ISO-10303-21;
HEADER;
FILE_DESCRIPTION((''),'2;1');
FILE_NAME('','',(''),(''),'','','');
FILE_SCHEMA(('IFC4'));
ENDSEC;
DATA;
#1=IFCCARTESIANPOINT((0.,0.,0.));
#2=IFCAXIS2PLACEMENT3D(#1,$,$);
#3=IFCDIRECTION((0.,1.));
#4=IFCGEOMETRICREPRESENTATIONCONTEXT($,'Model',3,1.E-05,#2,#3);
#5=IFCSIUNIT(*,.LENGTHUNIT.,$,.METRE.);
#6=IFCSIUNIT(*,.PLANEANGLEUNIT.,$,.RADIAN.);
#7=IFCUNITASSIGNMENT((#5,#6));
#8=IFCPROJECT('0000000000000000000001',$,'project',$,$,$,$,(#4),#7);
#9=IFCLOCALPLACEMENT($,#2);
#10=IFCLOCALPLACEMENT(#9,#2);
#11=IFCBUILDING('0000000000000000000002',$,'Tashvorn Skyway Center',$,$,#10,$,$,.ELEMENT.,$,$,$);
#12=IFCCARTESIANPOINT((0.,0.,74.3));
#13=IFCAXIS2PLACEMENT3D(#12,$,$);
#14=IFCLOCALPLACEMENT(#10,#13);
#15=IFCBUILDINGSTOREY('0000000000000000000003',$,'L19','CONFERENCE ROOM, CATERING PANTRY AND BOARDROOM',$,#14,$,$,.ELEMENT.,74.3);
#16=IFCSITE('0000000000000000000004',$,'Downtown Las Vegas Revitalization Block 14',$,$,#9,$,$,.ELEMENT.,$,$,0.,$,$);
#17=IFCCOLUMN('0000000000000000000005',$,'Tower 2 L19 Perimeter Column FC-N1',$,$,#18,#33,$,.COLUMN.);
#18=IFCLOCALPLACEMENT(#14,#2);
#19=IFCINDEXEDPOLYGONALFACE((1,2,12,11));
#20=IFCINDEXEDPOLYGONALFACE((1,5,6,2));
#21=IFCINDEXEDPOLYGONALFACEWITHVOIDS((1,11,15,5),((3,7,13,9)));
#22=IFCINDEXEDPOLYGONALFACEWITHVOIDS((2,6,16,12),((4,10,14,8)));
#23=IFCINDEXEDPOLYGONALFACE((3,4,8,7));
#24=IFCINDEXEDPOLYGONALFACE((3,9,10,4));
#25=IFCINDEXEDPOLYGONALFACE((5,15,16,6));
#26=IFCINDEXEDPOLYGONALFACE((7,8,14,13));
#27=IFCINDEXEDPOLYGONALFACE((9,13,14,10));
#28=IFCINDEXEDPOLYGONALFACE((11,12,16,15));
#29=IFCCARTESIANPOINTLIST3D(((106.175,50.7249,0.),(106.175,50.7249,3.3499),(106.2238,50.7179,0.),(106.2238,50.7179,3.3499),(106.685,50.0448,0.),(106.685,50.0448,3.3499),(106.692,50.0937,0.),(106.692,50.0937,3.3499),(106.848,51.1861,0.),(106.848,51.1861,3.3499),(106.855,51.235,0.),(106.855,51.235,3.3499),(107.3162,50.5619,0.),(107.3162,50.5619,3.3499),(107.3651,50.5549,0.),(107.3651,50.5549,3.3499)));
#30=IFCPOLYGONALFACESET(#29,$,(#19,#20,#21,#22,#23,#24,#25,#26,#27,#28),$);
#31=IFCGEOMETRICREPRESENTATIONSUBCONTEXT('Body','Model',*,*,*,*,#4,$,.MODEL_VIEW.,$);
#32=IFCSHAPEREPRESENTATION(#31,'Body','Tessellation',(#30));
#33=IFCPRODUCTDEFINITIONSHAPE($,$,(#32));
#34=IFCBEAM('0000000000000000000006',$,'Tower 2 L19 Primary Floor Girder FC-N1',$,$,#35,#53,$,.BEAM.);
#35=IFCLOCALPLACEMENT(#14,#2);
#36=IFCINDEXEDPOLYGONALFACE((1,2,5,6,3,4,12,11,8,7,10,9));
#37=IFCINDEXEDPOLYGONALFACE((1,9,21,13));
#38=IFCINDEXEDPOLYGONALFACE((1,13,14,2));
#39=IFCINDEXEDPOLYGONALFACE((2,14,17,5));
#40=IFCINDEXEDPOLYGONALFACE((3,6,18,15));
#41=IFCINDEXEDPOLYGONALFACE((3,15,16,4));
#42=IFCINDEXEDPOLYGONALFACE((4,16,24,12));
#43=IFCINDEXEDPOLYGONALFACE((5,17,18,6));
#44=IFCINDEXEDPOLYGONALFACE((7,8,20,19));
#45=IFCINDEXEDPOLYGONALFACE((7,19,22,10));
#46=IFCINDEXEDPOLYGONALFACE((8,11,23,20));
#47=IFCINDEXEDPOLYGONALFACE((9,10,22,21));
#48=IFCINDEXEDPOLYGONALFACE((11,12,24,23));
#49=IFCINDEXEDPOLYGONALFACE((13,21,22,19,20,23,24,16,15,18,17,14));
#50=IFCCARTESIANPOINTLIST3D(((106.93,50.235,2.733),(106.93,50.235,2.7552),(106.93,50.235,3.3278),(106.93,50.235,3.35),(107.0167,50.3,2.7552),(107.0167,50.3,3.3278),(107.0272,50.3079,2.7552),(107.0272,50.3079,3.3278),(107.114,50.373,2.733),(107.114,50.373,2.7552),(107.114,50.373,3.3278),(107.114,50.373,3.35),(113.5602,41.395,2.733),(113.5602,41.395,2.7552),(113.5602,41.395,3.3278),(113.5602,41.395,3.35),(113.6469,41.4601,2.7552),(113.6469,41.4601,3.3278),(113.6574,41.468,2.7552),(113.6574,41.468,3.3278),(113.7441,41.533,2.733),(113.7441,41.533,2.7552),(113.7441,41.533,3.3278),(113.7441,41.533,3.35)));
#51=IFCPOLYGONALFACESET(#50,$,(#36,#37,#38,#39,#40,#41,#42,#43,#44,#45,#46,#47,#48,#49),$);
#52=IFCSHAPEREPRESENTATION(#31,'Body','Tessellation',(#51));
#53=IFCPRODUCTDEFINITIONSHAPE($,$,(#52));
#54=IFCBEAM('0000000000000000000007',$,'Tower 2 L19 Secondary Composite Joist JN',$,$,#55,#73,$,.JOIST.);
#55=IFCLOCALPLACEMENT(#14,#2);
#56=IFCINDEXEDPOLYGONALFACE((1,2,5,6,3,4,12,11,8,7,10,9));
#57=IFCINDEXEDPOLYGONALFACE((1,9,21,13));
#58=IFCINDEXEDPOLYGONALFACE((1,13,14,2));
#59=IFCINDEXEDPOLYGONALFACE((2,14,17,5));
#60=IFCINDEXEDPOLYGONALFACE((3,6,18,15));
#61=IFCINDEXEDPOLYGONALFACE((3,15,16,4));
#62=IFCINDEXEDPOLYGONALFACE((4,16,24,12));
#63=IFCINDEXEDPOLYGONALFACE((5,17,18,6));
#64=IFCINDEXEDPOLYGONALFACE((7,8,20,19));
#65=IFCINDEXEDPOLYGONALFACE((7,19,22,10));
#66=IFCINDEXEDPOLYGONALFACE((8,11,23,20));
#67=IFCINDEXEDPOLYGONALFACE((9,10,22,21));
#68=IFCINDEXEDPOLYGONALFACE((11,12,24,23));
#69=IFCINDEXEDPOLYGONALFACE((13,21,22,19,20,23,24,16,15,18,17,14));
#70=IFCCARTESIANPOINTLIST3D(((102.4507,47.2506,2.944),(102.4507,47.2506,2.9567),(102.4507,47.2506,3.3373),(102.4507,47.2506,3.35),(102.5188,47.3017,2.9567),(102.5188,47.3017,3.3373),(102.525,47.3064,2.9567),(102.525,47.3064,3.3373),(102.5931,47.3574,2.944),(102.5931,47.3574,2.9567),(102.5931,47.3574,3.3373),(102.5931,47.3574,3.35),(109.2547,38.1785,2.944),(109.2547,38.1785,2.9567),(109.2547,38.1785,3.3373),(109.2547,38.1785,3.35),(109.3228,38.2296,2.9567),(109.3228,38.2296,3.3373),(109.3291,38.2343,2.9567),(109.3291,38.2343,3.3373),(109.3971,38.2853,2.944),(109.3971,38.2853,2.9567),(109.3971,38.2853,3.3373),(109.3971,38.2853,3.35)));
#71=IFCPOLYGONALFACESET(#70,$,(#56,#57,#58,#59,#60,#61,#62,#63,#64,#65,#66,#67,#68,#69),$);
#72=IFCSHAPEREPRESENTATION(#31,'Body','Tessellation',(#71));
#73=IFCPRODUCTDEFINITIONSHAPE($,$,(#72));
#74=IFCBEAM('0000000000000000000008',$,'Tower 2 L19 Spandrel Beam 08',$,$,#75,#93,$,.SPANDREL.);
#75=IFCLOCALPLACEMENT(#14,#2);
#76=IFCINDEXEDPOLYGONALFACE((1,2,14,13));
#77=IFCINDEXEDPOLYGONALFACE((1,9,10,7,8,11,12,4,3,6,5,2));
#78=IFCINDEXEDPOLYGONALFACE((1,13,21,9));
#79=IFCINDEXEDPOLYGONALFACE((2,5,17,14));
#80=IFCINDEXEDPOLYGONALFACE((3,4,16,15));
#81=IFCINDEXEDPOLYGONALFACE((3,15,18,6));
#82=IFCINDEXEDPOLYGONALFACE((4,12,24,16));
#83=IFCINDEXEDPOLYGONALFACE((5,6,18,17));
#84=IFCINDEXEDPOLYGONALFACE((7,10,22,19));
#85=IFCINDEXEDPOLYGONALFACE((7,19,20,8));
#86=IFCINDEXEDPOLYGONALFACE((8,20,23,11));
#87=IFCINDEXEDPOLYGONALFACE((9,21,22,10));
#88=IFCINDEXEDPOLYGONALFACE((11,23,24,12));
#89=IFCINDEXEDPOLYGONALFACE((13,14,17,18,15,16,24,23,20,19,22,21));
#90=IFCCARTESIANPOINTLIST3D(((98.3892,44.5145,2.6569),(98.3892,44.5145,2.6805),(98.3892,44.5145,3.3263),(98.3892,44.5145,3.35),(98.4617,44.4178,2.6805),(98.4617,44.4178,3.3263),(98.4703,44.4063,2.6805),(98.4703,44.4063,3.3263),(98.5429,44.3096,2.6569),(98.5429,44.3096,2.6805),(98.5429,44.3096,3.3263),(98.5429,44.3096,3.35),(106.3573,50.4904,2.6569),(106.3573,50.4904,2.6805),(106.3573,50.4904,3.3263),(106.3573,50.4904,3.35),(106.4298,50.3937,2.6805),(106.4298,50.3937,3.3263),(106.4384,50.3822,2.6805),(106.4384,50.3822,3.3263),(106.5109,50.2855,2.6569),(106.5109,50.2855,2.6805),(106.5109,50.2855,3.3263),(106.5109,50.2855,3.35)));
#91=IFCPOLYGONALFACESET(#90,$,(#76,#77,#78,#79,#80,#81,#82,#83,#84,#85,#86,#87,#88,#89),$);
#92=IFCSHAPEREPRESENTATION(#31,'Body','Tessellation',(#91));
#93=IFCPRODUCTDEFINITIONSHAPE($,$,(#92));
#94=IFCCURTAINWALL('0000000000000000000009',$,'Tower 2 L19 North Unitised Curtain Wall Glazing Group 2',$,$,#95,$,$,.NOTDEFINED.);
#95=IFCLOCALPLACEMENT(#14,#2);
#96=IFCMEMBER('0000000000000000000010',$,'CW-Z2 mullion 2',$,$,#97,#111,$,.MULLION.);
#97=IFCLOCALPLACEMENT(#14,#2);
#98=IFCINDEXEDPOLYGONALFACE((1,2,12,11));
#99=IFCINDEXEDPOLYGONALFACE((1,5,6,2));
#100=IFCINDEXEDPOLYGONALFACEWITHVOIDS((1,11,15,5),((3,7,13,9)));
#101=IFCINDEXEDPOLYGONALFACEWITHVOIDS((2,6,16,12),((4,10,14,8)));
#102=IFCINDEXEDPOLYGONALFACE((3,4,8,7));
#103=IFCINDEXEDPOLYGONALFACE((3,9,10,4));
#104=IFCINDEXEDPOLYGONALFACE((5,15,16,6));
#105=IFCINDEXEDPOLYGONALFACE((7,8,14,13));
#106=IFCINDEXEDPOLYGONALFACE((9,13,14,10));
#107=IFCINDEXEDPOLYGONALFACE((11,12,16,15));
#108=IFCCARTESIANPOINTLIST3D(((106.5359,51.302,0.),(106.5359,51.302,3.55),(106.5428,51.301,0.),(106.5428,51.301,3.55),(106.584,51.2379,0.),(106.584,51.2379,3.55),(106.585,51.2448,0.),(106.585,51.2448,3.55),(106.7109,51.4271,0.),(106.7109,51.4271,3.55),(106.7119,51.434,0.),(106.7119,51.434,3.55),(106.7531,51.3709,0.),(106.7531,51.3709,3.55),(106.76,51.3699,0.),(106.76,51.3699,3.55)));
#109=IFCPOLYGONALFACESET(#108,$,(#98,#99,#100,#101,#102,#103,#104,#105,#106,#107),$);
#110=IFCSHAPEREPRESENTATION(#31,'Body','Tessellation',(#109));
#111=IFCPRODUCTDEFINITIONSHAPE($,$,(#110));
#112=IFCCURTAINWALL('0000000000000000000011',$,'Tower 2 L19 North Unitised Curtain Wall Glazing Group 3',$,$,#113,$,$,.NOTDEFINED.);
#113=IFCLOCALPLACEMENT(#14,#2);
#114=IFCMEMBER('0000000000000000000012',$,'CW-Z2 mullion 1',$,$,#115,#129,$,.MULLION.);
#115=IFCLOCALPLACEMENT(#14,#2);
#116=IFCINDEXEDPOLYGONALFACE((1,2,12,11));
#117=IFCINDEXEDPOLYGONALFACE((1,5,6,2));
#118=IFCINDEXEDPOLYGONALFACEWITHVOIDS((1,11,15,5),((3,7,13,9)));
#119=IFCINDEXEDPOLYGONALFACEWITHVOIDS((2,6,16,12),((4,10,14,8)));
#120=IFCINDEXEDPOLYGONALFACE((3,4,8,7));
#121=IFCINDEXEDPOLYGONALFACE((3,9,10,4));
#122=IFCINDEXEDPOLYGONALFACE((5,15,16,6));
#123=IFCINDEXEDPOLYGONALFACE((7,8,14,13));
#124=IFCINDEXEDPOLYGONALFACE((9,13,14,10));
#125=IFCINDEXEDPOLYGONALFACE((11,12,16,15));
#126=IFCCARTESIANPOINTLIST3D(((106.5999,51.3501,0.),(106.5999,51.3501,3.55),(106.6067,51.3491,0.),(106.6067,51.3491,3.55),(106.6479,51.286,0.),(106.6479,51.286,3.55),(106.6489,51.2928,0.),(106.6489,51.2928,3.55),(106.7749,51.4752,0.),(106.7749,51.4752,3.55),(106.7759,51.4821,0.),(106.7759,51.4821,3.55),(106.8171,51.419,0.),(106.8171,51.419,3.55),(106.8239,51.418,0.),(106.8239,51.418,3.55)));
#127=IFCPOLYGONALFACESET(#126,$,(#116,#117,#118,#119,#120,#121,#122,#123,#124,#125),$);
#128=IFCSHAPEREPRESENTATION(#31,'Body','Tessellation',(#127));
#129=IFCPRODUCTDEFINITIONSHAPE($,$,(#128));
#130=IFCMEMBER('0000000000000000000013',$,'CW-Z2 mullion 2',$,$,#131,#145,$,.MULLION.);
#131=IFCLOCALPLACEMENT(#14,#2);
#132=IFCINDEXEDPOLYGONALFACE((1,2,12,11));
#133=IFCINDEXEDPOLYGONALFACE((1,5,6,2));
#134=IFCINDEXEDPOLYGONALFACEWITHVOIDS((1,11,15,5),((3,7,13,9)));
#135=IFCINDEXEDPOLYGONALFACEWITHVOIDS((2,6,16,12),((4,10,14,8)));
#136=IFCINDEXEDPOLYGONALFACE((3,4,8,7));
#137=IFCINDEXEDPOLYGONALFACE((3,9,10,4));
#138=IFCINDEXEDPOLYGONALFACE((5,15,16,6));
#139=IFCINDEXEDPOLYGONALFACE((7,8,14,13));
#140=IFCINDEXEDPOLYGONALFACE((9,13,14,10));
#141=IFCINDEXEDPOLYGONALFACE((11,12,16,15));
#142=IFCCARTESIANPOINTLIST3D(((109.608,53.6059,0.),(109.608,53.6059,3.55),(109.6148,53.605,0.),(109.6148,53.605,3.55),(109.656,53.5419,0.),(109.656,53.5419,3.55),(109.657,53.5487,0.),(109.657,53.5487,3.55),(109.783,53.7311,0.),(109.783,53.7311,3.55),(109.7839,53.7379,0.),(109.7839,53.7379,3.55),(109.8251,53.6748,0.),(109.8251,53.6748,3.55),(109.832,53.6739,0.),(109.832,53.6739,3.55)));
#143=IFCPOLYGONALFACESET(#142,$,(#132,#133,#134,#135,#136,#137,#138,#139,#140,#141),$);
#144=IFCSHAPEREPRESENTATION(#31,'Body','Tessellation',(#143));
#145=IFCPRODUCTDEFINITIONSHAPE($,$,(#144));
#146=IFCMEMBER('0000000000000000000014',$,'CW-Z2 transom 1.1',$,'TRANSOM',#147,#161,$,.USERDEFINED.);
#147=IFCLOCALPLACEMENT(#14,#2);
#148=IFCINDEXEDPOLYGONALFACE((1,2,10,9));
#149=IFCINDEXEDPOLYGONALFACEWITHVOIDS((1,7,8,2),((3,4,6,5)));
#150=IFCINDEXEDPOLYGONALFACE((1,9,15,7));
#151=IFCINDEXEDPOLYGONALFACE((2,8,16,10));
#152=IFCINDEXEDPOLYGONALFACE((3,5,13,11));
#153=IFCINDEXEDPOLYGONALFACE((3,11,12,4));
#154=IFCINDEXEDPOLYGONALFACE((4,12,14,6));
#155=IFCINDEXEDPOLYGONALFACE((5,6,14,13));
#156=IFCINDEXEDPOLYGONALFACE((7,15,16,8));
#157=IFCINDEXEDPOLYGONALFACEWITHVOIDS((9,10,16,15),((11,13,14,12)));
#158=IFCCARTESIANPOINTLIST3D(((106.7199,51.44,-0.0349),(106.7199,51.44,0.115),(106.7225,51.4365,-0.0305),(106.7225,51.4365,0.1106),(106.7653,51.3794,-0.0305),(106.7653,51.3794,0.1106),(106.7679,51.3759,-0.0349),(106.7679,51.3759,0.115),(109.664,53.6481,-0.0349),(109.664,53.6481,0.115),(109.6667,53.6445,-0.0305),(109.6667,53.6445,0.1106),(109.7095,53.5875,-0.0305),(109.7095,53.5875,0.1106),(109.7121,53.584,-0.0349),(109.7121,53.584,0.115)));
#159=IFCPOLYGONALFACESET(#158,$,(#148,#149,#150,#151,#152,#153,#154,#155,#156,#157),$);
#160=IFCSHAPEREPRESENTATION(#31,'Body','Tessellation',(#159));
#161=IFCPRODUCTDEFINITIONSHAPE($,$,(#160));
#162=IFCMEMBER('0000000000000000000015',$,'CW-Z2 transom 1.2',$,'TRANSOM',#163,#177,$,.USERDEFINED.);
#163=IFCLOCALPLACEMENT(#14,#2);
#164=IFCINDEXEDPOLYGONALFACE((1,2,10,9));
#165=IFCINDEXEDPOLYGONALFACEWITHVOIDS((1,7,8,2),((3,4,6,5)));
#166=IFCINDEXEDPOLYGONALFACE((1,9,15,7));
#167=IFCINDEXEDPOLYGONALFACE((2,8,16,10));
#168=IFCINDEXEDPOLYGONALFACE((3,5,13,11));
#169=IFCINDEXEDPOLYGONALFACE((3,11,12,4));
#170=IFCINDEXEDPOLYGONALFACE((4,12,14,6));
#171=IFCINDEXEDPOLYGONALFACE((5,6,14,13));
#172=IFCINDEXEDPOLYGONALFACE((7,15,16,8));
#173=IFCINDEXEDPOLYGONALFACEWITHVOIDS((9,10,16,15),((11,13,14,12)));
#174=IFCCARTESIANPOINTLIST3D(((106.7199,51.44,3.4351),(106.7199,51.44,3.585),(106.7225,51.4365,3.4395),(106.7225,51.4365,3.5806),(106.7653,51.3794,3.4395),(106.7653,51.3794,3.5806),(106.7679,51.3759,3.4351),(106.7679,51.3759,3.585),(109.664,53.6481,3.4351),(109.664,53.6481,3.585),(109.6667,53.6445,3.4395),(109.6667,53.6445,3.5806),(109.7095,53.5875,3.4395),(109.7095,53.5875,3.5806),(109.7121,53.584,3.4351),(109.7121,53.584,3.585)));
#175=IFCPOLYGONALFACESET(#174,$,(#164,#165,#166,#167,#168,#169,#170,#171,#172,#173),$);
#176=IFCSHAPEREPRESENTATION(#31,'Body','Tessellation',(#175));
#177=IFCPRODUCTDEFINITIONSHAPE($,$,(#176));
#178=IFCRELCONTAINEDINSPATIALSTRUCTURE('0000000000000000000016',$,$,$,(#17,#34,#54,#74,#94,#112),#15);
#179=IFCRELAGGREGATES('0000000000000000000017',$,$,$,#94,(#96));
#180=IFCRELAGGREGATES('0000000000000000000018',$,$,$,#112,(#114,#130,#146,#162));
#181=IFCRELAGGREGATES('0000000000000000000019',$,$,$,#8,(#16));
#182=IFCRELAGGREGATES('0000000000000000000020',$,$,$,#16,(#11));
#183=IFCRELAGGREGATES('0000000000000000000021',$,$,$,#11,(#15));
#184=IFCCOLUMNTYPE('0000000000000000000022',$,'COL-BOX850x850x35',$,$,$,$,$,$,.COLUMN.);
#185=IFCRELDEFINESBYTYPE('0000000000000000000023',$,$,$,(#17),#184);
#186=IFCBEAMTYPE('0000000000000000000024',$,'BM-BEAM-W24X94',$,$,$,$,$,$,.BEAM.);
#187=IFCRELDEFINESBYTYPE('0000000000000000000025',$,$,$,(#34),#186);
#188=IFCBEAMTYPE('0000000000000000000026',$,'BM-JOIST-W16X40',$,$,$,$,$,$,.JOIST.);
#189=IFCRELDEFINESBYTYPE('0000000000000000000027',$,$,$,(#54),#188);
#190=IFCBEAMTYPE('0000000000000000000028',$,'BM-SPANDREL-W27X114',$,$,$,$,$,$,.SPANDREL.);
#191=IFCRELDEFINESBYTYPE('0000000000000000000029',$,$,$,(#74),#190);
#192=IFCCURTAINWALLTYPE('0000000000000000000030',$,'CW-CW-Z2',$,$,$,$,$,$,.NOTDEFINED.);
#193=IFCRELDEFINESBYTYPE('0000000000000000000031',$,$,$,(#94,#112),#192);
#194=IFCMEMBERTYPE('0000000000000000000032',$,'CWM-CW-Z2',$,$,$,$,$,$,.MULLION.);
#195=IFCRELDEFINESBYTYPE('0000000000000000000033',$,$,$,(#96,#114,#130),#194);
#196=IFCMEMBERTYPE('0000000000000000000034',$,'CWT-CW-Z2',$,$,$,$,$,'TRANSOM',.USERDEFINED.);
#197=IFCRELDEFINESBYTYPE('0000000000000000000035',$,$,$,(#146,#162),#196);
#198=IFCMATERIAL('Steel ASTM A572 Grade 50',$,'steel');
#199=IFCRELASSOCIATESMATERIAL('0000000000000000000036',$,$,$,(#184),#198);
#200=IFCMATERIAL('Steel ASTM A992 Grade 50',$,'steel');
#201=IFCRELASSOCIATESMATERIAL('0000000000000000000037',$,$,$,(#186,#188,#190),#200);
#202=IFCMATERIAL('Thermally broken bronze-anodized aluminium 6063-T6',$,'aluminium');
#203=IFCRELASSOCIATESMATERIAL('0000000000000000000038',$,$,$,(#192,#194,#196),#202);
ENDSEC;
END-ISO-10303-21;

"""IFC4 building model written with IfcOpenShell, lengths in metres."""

from ifc_helpers import new_model, si_unit, direction, frame, origin, origin_2d, place, context, subcontext, project, spatial, hollow_rectangle, i_section, extrude, material, material_profile, profile_set, type_object, element, aggregate, save


model = new_model("IFC4")

# Units and contexts
model_context = context("Model", 3, precision=1e-05, world=origin(), true_north=direction((0.0, 1.0)))
body_context = subcontext(model_context, "Body", "Model", "MODEL_VIEW")
ifc_project = project(units=[si_unit("LENGTHUNIT", "METRE"), si_unit("PLANEANGLEUNIT", "RADIAN")], contexts=[model_context])

# Site, building, storey
site_placement = place(None, origin())
site = spatial("IfcSite", under=ifc_project, at=site_placement, Name="Downtown Las Vegas Revitalization Block 14", CompositionType="ELEMENT", RefElevation=0.0)
building_placement = place(site_placement, origin())
building = spatial("IfcBuilding", under=site, at=building_placement, Name="Tashvorn Skyway Center", CompositionType="ELEMENT")
storey_placement = place(building_placement, frame((0.0, 0.0, 74.3)))
storey = spatial("IfcBuildingStorey", under=building, at=storey_placement, Name="L19", Description="CONFERENCE ROOM, CATERING PANTRY AND BOARDROOM", CompositionType="ELEMENT", Elevation=74.3)

# Column
ifc_material_1 = material(Name="Steel ASTM A572 Grade 50", Category="steel")
ifc_material_profile_1 = material_profile(ifc_material_1, hollow_rectangle(XDim=0.8501, YDim=0.8501, WallThickness=0.0349, at=origin_2d()), Name="BOX850x850x35")
ifc_profile_set_1 = profile_set([ifc_material_profile_1], Name="Steel ASTM A572 Grade 50")
column_type = type_object("IfcColumnType", Name="COL-BOX850x850x35", PredefinedType="COLUMN", material=ifc_profile_set_1)
column_placement = place(storey_placement, frame((106.77, 50.6399, 0.0), z_axis=(0.0, 0.0, 1.0), x_axis=(0.8, 0.6, 0.0)))
element("IfcColumn", 1, at=column_placement, inside=storey, type_object=column_type, Name="Tower 2 L19 Perimeter Column FC-N1", PredefinedType="COLUMN", context=body_context, shape_type="SweptSolid", body=[
    extrude(hollow_rectangle(XDim=0.8501, YDim=0.8501, WallThickness=0.0349, at=origin_2d()), origin(), (0.0, 0.0, 1.0), 3.3499),
])

# Beams
ifc_material_2 = material(Name="Steel ASTM A992 Grade 50", Category="steel")
ifc_material_profile_2 = material_profile(ifc_material_2, i_section(OverallWidth=0.23, OverallDepth=0.6169, WebThickness=0.0132, FlangeThickness=0.0222, at=origin_2d()), Name="W24X94")
ifc_profile_set_2 = profile_set([ifc_material_profile_2], Name="Steel ASTM A992 Grade 50")
beam_type_1 = type_object("IfcBeamType", Name="BM-BEAM-W24X94", PredefinedType="BEAM", material=ifc_profile_set_2)
beam_1_placement = place(storey_placement, frame((107.022, 50.304, 3.0415), z_axis=(0.600014, -0.799989, 0.0), x_axis=(0.799989, 0.600014, 0.0)))
element("IfcBeam", 2, at=beam_1_placement, inside=storey, type_object=beam_type_1, Name="Tower 2 L19 Primary Floor Girder FC-N1", PredefinedType="BEAM", context=body_context, shape_type="SweptSolid", body=[
    extrude(i_section(OverallWidth=0.23, OverallDepth=0.6169, WebThickness=0.0132, FlangeThickness=0.0222, at=origin_2d()), origin(), (0.0, 0.0, 1.0), 11.05),
])
ifc_material_profile_3 = material_profile(ifc_material_2, i_section(OverallWidth=0.178, OverallDepth=0.406, WebThickness=0.0078, FlangeThickness=0.0127, at=origin_2d()), Name="W16X40")
ifc_profile_set_3 = profile_set([ifc_material_profile_3], Name="Steel ASTM A992 Grade 50")
beam_type_2 = type_object("IfcBeamType", Name="BM-JOIST-W16X40", PredefinedType="JOIST", material=ifc_profile_set_3)
beam_2_placement = place(storey_placement, frame((109.3259, 38.2319, 3.147), z_axis=(-0.599997, 0.800003, 0.0), x_axis=(-0.800003, -0.599997, 0.0)))
element("IfcBeam", 3, at=beam_2_placement, inside=storey, type_object=beam_type_2, Name="Tower 2 L19 Secondary Composite Joist JN", PredefinedType="JOIST", context=body_context, shape_type="SweptSolid", body=[
    extrude(i_section(OverallWidth=0.178, OverallDepth=0.406, WebThickness=0.0078, FlangeThickness=0.0127, at=origin_2d()), origin(), (0.0, 0.0, 1.0), 11.3401),
])
ifc_material_profile_4 = material_profile(ifc_material_2, i_section(OverallWidth=0.2561, OverallDepth=0.6931, WebThickness=0.0144, FlangeThickness=0.0237, at=origin_2d()), Name="W27X114")
ifc_profile_set_4 = profile_set([ifc_material_profile_4], Name="Steel ASTM A992 Grade 50")
beam_type_3 = type_object("IfcBeamType", Name="BM-SPANDREL-W27X114", PredefinedType="SPANDREL", material=ifc_profile_set_4)
beam_3_placement = place(storey_placement, frame((106.4341, 50.3879, 3.0034), z_axis=(-0.800009, -0.599988, 0.0), x_axis=(0.599988, -0.800009, 0.0)))
element("IfcBeam", 4, at=beam_3_placement, inside=storey, type_object=beam_type_3, Name="Tower 2 L19 Spandrel Beam 08", PredefinedType="SPANDREL", context=body_context, shape_type="SweptSolid", body=[
    extrude(i_section(OverallWidth=0.2561, OverallDepth=0.6931, WebThickness=0.0144, FlangeThickness=0.0237, at=origin_2d()), origin(), (0.0, 0.0, 1.0), 9.96),
])

# Curtain wall, member
ifc_material_3 = material(Name="Thermally broken bronze-anodized aluminium 6063-T6", Category="aluminium")
curtain_wall_type = type_object("IfcCurtainWallType", Name="CW-CW-Z2", PredefinedType="NOTDEFINED", material=ifc_material_3)
curtain_wall_1_placement = place(storey_placement, origin())
curtain_wall_1 = element("IfcCurtainWall", 5, at=curtain_wall_1_placement, inside=storey, type_object=curtain_wall_type, Name="Tower 2 L19 North Unitised Curtain Wall Glazing Group 2", PredefinedType="NOTDEFINED")
ifc_material_profile_5 = material_profile(ifc_material_3, hollow_rectangle(XDim=0.0801, YDim=0.22, WallThickness=0.0049, at=origin_2d()), Name="ALU-MULL-80x220")
ifc_profile_set_5 = profile_set([ifc_material_profile_5], Name="Thermally broken bronze-anodized aluminium 6063-T6")
member_type_1 = type_object("IfcMemberType", Name="CWM-CW-Z2", PredefinedType="MULLION", material=ifc_profile_set_5)
member_1_placement = place(storey_placement, frame((106.6479, 51.3359, 0.0), z_axis=(0.0, 0.0, 1.0), x_axis=(-0.6, 0.8, 0.0)))
member_1 = element("IfcMember", 6, at=member_1_placement, type_object=member_type_1, Name="CW-Z2 mullion 2", PredefinedType="MULLION", context=body_context, shape_type="SweptSolid", body=[
    extrude(hollow_rectangle(XDim=0.0801, YDim=0.22, WallThickness=0.0049, at=origin_2d()), origin(), (0.0, 0.0, 1.0), 3.55),
])

# Curtain wall, members
curtain_wall_2_placement = place(storey_placement, origin())
curtain_wall_2 = element("IfcCurtainWall", 7, at=curtain_wall_2_placement, inside=storey, type_object=curtain_wall_type, Name="Tower 2 L19 North Unitised Curtain Wall Glazing Group 3", PredefinedType="NOTDEFINED")
member_2_placement = place(storey_placement, frame((106.7119, 51.384, 0.0), z_axis=(0.0, 0.0, 1.0), x_axis=(-0.6, 0.8, 0.0)))
member_2 = element("IfcMember", 8, at=member_2_placement, type_object=member_type_1, Name="CW-Z2 mullion 1", PredefinedType="MULLION", context=body_context, shape_type="SweptSolid", body=[
    extrude(hollow_rectangle(XDim=0.0801, YDim=0.22, WallThickness=0.0049, at=origin_2d()), origin(), (0.0, 0.0, 1.0), 3.55),
])
member_3_placement = place(storey_placement, frame((109.72, 53.6399, 0.0), z_axis=(0.0, 0.0, 1.0), x_axis=(-0.6, 0.8, 0.0)))
member_3 = element("IfcMember", 9, at=member_3_placement, type_object=member_type_1, Name="CW-Z2 mullion 2", PredefinedType="MULLION", context=body_context, shape_type="SweptSolid", body=[
    extrude(hollow_rectangle(XDim=0.0801, YDim=0.22, WallThickness=0.0049, at=origin_2d()), origin(), (0.0, 0.0, 1.0), 3.55),
])
ifc_material_profile_6 = material_profile(ifc_material_3, hollow_rectangle(XDim=0.0801, YDim=0.1499, WallThickness=0.0044, at=origin_2d()), Name="ALU-TRAN-80x150")
ifc_profile_set_6 = profile_set([ifc_material_profile_6], Name="Thermally broken bronze-anodized aluminium 6063-T6")
member_type_2 = type_object("IfcMemberType", Name="CWT-CW-Z2", ElementType="TRANSOM", PredefinedType="USERDEFINED", material=ifc_profile_set_6)
member_4_placement = place(storey_placement, frame((106.7439, 51.408, 0.04), z_axis=(0.800008, 0.599989, 0.0), x_axis=(-0.599989, 0.800008, 0.0)))
member_4 = element("IfcMember", 10, at=member_4_placement, type_object=member_type_2, Name="CW-Z2 transom 1.1", ObjectType="TRANSOM", PredefinedType="USERDEFINED", context=body_context, shape_type="SweptSolid", body=[
    extrude(hollow_rectangle(XDim=0.0801, YDim=0.1499, WallThickness=0.0044, at=origin_2d()), origin(), (0.0, 0.0, 1.0), 3.6802),
])
member_5_placement = place(storey_placement, frame((106.7439, 51.408, 3.51), z_axis=(0.800008, 0.599989, 0.0), x_axis=(-0.599989, 0.800008, 0.0)))
member_5 = element("IfcMember", 11, at=member_5_placement, type_object=member_type_2, Name="CW-Z2 transom 1.2", ObjectType="TRANSOM", PredefinedType="USERDEFINED", context=body_context, shape_type="SweptSolid", body=[
    extrude(hollow_rectangle(XDim=0.0801, YDim=0.1499, WallThickness=0.0044, at=origin_2d()), origin(), (0.0, 0.0, 1.0), 3.6802),
])

aggregate(curtain_wall_1, [member_1])
aggregate(curtain_wall_2, [member_2, member_3, member_4, member_5])

save(model, "model.ifc")
